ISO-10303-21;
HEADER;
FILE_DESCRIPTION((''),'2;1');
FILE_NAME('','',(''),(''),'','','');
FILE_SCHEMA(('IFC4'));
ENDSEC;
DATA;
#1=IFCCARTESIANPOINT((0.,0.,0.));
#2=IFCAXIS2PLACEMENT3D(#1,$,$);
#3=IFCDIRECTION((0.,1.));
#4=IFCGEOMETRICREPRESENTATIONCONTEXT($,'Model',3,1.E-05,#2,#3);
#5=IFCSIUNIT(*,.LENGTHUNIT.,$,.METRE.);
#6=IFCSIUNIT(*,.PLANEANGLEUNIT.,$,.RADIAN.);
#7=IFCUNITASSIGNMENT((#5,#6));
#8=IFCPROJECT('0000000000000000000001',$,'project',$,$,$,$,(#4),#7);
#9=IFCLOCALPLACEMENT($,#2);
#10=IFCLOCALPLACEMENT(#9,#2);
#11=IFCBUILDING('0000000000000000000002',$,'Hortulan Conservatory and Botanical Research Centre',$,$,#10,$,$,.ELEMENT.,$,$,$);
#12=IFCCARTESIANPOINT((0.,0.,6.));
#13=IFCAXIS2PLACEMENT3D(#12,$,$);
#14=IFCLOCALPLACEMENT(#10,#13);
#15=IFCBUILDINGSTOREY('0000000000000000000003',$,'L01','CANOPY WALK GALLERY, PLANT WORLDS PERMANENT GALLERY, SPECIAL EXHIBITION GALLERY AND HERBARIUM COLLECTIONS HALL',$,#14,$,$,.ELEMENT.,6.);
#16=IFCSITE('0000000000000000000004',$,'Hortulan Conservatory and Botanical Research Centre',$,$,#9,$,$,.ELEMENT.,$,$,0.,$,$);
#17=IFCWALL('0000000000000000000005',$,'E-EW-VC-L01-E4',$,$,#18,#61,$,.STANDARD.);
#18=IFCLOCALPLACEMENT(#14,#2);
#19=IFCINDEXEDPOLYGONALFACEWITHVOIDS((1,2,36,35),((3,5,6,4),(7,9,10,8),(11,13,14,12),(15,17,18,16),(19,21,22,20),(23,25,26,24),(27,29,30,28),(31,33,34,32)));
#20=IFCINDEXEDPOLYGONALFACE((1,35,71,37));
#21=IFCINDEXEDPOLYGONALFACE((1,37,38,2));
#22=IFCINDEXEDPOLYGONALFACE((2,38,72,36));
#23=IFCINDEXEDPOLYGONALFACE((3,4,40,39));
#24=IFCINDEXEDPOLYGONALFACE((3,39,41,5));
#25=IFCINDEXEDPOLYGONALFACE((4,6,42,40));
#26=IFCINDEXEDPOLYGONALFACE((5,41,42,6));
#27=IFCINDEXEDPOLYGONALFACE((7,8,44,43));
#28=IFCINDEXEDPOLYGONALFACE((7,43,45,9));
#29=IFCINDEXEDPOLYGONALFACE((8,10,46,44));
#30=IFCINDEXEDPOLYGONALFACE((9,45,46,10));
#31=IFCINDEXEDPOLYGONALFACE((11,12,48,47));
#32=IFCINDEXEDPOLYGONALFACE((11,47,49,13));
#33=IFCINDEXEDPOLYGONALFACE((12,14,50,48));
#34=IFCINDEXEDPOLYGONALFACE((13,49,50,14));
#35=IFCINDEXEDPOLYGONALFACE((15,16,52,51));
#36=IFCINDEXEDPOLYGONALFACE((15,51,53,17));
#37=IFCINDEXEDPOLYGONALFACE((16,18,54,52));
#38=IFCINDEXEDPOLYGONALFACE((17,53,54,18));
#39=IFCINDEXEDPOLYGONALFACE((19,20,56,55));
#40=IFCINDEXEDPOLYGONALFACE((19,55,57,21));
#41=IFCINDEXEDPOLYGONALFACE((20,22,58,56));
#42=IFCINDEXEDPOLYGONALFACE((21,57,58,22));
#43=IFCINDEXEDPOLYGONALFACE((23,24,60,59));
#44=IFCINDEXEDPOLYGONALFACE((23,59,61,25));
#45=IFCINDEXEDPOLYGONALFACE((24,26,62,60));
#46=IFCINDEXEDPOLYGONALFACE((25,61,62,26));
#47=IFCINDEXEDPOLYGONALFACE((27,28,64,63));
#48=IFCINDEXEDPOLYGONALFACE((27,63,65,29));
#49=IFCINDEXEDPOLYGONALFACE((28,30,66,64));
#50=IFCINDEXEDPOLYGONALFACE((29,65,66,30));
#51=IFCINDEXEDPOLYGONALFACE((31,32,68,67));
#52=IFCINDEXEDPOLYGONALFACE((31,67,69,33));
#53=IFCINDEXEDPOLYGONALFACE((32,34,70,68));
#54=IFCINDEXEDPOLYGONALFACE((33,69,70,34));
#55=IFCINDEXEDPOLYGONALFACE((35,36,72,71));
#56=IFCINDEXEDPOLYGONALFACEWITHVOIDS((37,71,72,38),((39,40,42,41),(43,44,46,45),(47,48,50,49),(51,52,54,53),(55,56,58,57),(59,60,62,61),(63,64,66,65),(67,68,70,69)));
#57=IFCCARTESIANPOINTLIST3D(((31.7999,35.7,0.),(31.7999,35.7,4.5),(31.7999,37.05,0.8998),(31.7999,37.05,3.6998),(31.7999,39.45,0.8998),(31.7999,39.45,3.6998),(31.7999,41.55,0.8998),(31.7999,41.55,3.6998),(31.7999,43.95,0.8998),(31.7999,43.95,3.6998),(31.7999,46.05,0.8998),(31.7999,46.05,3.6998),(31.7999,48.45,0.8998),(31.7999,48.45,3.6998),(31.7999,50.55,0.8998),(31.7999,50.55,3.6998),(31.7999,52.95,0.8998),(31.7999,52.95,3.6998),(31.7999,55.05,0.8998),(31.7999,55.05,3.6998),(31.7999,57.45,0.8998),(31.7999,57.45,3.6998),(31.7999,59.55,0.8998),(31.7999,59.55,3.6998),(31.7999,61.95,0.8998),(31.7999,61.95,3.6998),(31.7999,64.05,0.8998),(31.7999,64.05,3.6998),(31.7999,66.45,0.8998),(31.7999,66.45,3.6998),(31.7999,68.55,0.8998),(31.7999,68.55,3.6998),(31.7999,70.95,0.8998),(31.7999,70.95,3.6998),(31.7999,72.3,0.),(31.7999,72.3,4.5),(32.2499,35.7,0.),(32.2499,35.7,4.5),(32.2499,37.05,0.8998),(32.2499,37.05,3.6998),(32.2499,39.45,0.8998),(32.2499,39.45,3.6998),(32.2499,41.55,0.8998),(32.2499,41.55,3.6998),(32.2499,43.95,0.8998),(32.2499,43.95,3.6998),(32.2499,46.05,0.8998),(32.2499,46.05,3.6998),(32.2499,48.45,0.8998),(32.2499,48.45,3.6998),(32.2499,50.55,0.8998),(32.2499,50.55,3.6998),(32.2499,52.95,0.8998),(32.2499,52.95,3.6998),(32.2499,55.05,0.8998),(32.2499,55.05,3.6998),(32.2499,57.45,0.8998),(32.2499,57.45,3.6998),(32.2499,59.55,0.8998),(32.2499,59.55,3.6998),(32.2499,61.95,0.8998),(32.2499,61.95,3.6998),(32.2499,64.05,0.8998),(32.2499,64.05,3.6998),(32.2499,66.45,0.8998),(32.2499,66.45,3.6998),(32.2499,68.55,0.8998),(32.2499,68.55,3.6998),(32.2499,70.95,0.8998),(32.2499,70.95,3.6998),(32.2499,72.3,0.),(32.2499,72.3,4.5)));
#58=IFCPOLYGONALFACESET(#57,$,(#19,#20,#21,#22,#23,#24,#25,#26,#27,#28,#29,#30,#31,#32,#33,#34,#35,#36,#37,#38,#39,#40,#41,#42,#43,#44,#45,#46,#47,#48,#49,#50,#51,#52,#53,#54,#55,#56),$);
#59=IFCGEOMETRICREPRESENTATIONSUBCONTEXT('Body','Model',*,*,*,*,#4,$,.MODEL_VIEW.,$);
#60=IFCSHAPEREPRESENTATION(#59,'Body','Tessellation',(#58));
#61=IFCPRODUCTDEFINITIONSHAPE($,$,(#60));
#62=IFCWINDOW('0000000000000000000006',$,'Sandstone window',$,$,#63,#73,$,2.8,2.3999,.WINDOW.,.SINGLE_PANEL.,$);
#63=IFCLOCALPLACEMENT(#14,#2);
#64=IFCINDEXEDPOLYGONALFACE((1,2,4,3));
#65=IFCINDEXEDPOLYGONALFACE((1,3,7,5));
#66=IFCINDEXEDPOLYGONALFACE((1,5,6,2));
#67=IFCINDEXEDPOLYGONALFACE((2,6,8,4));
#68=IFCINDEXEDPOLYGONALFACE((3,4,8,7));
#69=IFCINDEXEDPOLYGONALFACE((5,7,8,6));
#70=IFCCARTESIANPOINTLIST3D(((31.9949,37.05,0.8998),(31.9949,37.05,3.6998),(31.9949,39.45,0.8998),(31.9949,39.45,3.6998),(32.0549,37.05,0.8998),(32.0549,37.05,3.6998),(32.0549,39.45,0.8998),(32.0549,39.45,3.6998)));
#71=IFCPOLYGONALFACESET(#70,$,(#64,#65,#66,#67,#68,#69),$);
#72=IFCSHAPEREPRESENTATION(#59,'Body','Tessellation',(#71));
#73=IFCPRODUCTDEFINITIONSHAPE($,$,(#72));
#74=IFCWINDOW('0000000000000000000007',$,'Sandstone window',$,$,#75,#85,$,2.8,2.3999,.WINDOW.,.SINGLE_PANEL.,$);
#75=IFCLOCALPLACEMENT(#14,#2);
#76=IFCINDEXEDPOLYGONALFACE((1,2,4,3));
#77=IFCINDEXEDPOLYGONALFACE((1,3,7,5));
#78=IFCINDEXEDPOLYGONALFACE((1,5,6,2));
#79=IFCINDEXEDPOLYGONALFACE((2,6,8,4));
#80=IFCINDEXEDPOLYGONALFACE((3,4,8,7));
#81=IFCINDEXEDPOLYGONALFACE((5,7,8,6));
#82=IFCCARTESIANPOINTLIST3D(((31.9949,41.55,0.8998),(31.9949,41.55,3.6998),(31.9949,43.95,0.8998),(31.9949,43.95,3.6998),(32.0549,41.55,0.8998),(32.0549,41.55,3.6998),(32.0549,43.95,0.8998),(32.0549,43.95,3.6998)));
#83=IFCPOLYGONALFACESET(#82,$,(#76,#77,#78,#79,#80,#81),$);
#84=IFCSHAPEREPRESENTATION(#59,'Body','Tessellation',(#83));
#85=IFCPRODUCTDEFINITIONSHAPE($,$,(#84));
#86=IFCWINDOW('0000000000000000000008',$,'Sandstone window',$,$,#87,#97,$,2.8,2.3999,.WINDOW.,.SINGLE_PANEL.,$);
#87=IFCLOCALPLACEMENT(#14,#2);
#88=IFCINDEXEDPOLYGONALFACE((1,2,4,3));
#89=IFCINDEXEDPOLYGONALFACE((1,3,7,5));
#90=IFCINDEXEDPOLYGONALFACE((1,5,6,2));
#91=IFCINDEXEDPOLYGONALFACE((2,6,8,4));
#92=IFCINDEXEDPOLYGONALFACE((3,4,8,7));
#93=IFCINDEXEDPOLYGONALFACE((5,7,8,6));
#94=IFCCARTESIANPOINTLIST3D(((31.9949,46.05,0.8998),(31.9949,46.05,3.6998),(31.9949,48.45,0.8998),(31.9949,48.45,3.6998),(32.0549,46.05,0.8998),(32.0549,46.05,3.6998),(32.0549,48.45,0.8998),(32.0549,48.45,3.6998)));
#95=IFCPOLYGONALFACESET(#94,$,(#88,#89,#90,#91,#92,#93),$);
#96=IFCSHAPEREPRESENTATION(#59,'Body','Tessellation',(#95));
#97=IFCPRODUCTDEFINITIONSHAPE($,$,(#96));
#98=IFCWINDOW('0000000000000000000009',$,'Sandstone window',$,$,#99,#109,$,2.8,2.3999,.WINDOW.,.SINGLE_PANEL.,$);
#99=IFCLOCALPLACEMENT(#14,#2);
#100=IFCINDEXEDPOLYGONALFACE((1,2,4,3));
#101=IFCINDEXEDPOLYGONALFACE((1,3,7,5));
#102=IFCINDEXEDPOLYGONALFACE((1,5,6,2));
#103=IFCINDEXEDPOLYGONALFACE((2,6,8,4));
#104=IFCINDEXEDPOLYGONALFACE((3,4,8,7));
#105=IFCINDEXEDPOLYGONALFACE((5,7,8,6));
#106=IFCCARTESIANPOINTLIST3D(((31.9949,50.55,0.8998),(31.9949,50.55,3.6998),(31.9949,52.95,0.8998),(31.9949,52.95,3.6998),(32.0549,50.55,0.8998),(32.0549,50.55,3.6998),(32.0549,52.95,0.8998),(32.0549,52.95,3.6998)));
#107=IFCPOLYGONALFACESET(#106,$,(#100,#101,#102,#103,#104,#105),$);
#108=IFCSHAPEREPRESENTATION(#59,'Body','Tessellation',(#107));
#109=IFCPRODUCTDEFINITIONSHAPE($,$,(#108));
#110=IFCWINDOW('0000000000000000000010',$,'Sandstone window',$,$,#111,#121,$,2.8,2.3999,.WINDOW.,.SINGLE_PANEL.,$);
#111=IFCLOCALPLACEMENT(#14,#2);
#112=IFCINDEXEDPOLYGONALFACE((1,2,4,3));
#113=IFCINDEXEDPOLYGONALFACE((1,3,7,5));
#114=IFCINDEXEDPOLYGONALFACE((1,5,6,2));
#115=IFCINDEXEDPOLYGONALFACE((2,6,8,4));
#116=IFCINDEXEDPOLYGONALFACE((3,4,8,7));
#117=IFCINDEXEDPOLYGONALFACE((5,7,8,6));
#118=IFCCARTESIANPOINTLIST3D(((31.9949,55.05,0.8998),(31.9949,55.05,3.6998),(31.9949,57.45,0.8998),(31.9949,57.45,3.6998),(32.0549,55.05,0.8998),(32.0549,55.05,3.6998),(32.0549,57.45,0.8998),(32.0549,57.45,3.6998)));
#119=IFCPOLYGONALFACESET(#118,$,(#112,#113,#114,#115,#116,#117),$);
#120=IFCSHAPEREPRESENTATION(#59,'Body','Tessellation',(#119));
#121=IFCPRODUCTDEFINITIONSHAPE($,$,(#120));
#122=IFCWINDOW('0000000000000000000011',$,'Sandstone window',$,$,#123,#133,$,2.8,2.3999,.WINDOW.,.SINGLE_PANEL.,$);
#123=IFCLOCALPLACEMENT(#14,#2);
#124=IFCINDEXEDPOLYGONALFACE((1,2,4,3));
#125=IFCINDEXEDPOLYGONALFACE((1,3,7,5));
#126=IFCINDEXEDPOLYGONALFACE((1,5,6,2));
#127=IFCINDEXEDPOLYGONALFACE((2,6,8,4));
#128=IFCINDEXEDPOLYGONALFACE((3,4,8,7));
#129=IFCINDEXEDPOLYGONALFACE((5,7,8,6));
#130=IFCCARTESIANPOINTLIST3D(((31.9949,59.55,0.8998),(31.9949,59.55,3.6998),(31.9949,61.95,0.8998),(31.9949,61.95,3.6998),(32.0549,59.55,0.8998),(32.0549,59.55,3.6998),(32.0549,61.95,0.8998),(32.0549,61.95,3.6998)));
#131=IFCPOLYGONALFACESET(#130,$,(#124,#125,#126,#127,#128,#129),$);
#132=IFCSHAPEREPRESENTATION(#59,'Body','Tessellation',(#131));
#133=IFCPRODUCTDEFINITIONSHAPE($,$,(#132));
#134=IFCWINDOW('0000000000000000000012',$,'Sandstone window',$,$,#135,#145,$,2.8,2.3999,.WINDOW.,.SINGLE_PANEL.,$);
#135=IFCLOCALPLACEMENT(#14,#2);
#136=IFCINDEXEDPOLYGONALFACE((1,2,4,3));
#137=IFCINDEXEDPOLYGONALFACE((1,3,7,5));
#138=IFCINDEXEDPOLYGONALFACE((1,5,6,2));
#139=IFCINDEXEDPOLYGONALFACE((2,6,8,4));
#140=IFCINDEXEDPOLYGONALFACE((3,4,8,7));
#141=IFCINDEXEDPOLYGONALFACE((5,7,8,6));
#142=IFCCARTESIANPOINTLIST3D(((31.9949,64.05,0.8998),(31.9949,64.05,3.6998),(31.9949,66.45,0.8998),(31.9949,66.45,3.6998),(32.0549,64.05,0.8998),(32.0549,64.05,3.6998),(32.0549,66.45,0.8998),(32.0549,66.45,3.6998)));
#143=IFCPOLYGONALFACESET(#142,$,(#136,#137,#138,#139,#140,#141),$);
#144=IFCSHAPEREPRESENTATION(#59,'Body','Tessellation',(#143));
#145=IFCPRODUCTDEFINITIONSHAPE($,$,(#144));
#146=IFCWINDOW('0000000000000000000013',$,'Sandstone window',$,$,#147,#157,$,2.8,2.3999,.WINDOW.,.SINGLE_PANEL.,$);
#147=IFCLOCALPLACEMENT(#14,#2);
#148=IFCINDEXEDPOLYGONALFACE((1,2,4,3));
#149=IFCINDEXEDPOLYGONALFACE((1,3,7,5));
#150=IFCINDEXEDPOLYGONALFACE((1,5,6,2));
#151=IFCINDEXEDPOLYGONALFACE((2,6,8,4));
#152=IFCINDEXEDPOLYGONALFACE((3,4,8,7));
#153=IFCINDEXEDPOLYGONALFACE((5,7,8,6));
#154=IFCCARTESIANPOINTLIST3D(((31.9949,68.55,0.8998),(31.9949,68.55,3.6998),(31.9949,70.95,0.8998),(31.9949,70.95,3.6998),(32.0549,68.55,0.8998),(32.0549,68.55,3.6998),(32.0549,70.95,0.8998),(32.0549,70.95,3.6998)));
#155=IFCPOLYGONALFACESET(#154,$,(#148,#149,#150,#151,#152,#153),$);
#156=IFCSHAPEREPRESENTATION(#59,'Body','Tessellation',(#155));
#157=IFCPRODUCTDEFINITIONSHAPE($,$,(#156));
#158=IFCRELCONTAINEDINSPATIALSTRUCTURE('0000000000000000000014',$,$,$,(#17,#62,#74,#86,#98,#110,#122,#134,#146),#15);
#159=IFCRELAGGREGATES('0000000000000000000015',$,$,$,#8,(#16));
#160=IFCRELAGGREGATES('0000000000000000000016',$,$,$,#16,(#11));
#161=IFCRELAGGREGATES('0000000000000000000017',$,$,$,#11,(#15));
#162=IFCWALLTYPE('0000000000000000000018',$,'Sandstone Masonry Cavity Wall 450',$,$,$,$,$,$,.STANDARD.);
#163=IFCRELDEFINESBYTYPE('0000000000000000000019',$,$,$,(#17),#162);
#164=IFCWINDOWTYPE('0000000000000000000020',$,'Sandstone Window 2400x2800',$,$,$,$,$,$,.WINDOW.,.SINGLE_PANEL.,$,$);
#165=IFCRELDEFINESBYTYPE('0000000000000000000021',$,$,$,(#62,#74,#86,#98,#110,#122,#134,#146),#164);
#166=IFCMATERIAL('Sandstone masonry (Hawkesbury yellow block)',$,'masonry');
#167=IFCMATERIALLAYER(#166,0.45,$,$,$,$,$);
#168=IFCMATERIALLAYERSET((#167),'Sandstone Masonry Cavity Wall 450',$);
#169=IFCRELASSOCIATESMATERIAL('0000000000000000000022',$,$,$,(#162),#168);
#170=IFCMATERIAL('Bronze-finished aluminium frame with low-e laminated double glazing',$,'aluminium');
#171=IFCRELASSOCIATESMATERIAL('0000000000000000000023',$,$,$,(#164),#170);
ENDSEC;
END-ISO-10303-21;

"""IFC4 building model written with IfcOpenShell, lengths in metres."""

from ifc_helpers import new_model, si_unit, direction, frame, frame_2d, origin, place, context, subcontext, project, spatial, rectangle, extrude, material, layer, layer_set, type_object, element, fill, save


model = new_model("IFC4")

# Units and contexts
model_context = context("Model", 3, precision=1e-05, world=origin(), true_north=direction((0.0, 1.0)))
body_context = subcontext(model_context, "Body", "Model", "MODEL_VIEW")
ifc_project = project(units=[si_unit("LENGTHUNIT", "METRE"), si_unit("PLANEANGLEUNIT", "RADIAN")], contexts=[model_context])

# Site, building, storey
site_placement = place(None, origin())
site = spatial("IfcSite", under=ifc_project, at=site_placement, Name="Hortulan Conservatory and Botanical Research Centre", CompositionType="ELEMENT", RefElevation=0.0)
building_placement = place(site_placement, origin())
building = spatial("IfcBuilding", under=site, at=building_placement, Name="Hortulan Conservatory and Botanical Research Centre", CompositionType="ELEMENT")
storey_placement = place(building_placement, frame((0.0, 0.0, 6.0)))
storey = spatial("IfcBuildingStorey", under=building, at=storey_placement, Name="L01", Description="CANOPY WALK GALLERY, PLANT WORLDS PERMANENT GALLERY, SPECIAL EXHIBITION GALLERY AND HERBARIUM COLLECTIONS HALL", CompositionType="ELEMENT", Elevation=6.0)

# Wall, openings, windows
ifc_material_1 = material(Name="Sandstone masonry (Hawkesbury yellow block)", Category="masonry")
ifc_layer_1 = layer(ifc_material_1, 0.45)
ifc_layer_set_1 = layer_set([ifc_layer_1], Name="Sandstone Masonry Cavity Wall 450")
wall_type = type_object("IfcWallType", Name="Sandstone Masonry Cavity Wall 450", PredefinedType="STANDARD", material=ifc_layer_set_1)
wall_placement = place(storey_placement, frame((32.0249, 72.3, 0.0), z_axis=(0.0, 0.0, 1.0), x_axis=(0.0, -1.0, 0.0)))
wall = element("IfcWall", 1, at=wall_placement, inside=storey, type_object=wall_type, Name="E-EW-VC-L01-E4", PredefinedType="STANDARD", context=body_context, shape_type="SweptSolid", body=[
    extrude(rectangle(XDim=36.6001, YDim=0.45, at=frame_2d((18.3, 0.0))), origin(), (0.0, 0.0, 1.0), 4.5),
])
opening_1_placement = place(wall_placement, frame((32.8501, 0.0, 0.8999)))
opening_1 = element("IfcOpeningElement", 2, at=opening_1_placement, cuts=wall, PredefinedType="OPENING", context=body_context, shape_type="SweptSolid", body=[
    extrude(rectangle(XDim=2.3999, YDim=2.8, at=frame_2d((1.2, 1.3999))), frame((0.0, 0.2349, 0.0), z_axis=(0.0, -1.0, 0.0), x_axis=(1.0, 0.0, 0.0)), (0.0, 0.0, 1.0), 0.47),
])
opening_2_placement = place(wall_placement, frame((28.3501, 0.0, 0.8999)))
opening_2 = element("IfcOpeningElement", 3, at=opening_2_placement, cuts=wall, PredefinedType="OPENING", context=body_context, shape_type="SweptSolid", body=[
    extrude(rectangle(XDim=2.3999, YDim=2.8, at=frame_2d((1.2, 1.3999))), frame((0.0, 0.2349, 0.0), z_axis=(0.0, -1.0, 0.0), x_axis=(1.0, 0.0, 0.0)), (0.0, 0.0, 1.0), 0.47),
])
opening_3_placement = place(wall_placement, frame((23.8501, 0.0, 0.8999)))
opening_3 = element("IfcOpeningElement", 4, at=opening_3_placement, cuts=wall, PredefinedType="OPENING", context=body_context, shape_type="SweptSolid", body=[
    extrude(rectangle(XDim=2.3999, YDim=2.8, at=frame_2d((1.2, 1.3999))), frame((0.0, 0.2349, 0.0), z_axis=(0.0, -1.0, 0.0), x_axis=(1.0, 0.0, 0.0)), (0.0, 0.0, 1.0), 0.47),
])
opening_4_placement = place(wall_placement, frame((19.3501, 0.0, 0.8999)))
opening_4 = element("IfcOpeningElement", 5, at=opening_4_placement, cuts=wall, PredefinedType="OPENING", context=body_context, shape_type="SweptSolid", body=[
    extrude(rectangle(XDim=2.3999, YDim=2.8, at=frame_2d((1.2, 1.3999))), frame((0.0, 0.2349, 0.0), z_axis=(0.0, -1.0, 0.0), x_axis=(1.0, 0.0, 0.0)), (0.0, 0.0, 1.0), 0.47),
])
opening_5_placement = place(wall_placement, frame((14.8501, 0.0, 0.8999)))
opening_5 = element("IfcOpeningElement", 6, at=opening_5_placement, cuts=wall, PredefinedType="OPENING", context=body_context, shape_type="SweptSolid", body=[
    extrude(rectangle(XDim=2.3999, YDim=2.8, at=frame_2d((1.2, 1.3999))), frame((0.0, 0.2349, 0.0), z_axis=(0.0, -1.0, 0.0), x_axis=(1.0, 0.0, 0.0)), (0.0, 0.0, 1.0), 0.47),
])
opening_6_placement = place(wall_placement, frame((10.3501, 0.0, 0.8999)))
opening_6 = element("IfcOpeningElement", 7, at=opening_6_placement, cuts=wall, PredefinedType="OPENING", context=body_context, shape_type="SweptSolid", body=[
    extrude(rectangle(XDim=2.3999, YDim=2.8, at=frame_2d((1.2, 1.3999))), frame((0.0, 0.2349, 0.0), z_axis=(0.0, -1.0, 0.0), x_axis=(1.0, 0.0, 0.0)), (0.0, 0.0, 1.0), 0.47),
])
opening_7_placement = place(wall_placement, frame((5.8501, 0.0, 0.8999)))
opening_7 = element("IfcOpeningElement", 8, at=opening_7_placement, cuts=wall, PredefinedType="OPENING", context=body_context, shape_type="SweptSolid", body=[
    extrude(rectangle(XDim=2.3999, YDim=2.8, at=frame_2d((1.2, 1.3999))), frame((0.0, 0.2349, 0.0), z_axis=(0.0, -1.0, 0.0), x_axis=(1.0, 0.0, 0.0)), (0.0, 0.0, 1.0), 0.47),
])
opening_8_placement = place(wall_placement, frame((1.3501, 0.0, 0.8999)))
opening_8 = element("IfcOpeningElement", 9, at=opening_8_placement, cuts=wall, PredefinedType="OPENING", context=body_context, shape_type="SweptSolid", body=[
    extrude(rectangle(XDim=2.3999, YDim=2.8, at=frame_2d((1.2, 1.3999))), frame((0.0, 0.2349, 0.0), z_axis=(0.0, -1.0, 0.0), x_axis=(1.0, 0.0, 0.0)), (0.0, 0.0, 1.0), 0.47),
])
ifc_material_2 = material(Name="Bronze-finished aluminium frame with low-e laminated double glazing", Category="aluminium")
window_type = type_object("IfcWindowType", Name="Sandstone Window 2400x2800", PartitioningType="SINGLE_PANEL", PredefinedType="WINDOW", material=ifc_material_2)
window_1_placement = place(opening_1_placement, origin())
window_1 = element("IfcWindow", 10, at=window_1_placement, inside=storey, type_object=window_type, Name="Sandstone window", OverallHeight=2.8, OverallWidth=2.3999, PartitioningType="SINGLE_PANEL", PredefinedType="WINDOW", context=body_context, shape_type="SweptSolid", body=[
    extrude(rectangle(XDim=2.3999, YDim=2.8, at=frame_2d((1.2, 1.3999))), frame((0.0, 0.03, 0.0), z_axis=(0.0, -1.0, 0.0), x_axis=(1.0, 0.0, 0.0)), (0.0, 0.0, 1.0), 0.0601),
])
fill(opening_1, window_1)
window_2_placement = place(opening_2_placement, origin())
window_2 = element("IfcWindow", 11, at=window_2_placement, inside=storey, type_object=window_type, Name="Sandstone window", OverallHeight=2.8, OverallWidth=2.3999, PartitioningType="SINGLE_PANEL", PredefinedType="WINDOW", context=body_context, shape_type="SweptSolid", body=[
    extrude(rectangle(XDim=2.3999, YDim=2.8, at=frame_2d((1.2, 1.3999))), frame((0.0, 0.03, 0.0), z_axis=(0.0, -1.0, 0.0), x_axis=(1.0, 0.0, 0.0)), (0.0, 0.0, 1.0), 0.0601),
])
fill(opening_2, window_2)
window_3_placement = place(opening_3_placement, origin())
window_3 = element("IfcWindow", 12, at=window_3_placement, inside=storey, type_object=window_type, Name="Sandstone window", OverallHeight=2.8, OverallWidth=2.3999, PartitioningType="SINGLE_PANEL", PredefinedType="WINDOW", context=body_context, shape_type="SweptSolid", body=[
    extrude(rectangle(XDim=2.3999, YDim=2.8, at=frame_2d((1.2, 1.3999))), frame((0.0, 0.03, 0.0), z_axis=(0.0, -1.0, 0.0), x_axis=(1.0, 0.0, 0.0)), (0.0, 0.0, 1.0), 0.0601),
])
fill(opening_3, window_3)
window_4_placement = place(opening_4_placement, origin())
window_4 = element("IfcWindow", 13, at=window_4_placement, inside=storey, type_object=window_type, Name="Sandstone window", OverallHeight=2.8, OverallWidth=2.3999, PartitioningType="SINGLE_PANEL", PredefinedType="WINDOW", context=body_context, shape_type="SweptSolid", body=[
    extrude(rectangle(XDim=2.3999, YDim=2.8, at=frame_2d((1.2, 1.3999))), frame((0.0, 0.03, 0.0), z_axis=(0.0, -1.0, 0.0), x_axis=(1.0, 0.0, 0.0)), (0.0, 0.0, 1.0), 0.0601),
])
fill(opening_4, window_4)
window_5_placement = place(opening_5_placement, origin())
window_5 = element("IfcWindow", 14, at=window_5_placement, inside=storey, type_object=window_type, Name="Sandstone window", OverallHeight=2.8, OverallWidth=2.3999, PartitioningType="SINGLE_PANEL", PredefinedType="WINDOW", context=body_context, shape_type="SweptSolid", body=[
    extrude(rectangle(XDim=2.3999, YDim=2.8, at=frame_2d((1.2, 1.3999))), frame((0.0, 0.03, 0.0), z_axis=(0.0, -1.0, 0.0), x_axis=(1.0, 0.0, 0.0)), (0.0, 0.0, 1.0), 0.0601),
])
fill(opening_5, window_5)
window_6_placement = place(opening_6_placement, origin())
window_6 = element("IfcWindow", 15, at=window_6_placement, inside=storey, type_object=window_type, Name="Sandstone window", OverallHeight=2.8, OverallWidth=2.3999, PartitioningType="SINGLE_PANEL", PredefinedType="WINDOW", context=body_context, shape_type="SweptSolid", body=[
    extrude(rectangle(XDim=2.3999, YDim=2.8, at=frame_2d((1.2, 1.3999))), frame((0.0, 0.03, 0.0), z_axis=(0.0, -1.0, 0.0), x_axis=(1.0, 0.0, 0.0)), (0.0, 0.0, 1.0), 0.0601),
])
fill(opening_6, window_6)
window_7_placement = place(opening_7_placement, origin())
window_7 = element("IfcWindow", 16, at=window_7_placement, inside=storey, type_object=window_type, Name="Sandstone window", OverallHeight=2.8, OverallWidth=2.3999, PartitioningType="SINGLE_PANEL", PredefinedType="WINDOW", context=body_context, shape_type="SweptSolid", body=[
    extrude(rectangle(XDim=2.3999, YDim=2.8, at=frame_2d((1.2, 1.3999))), frame((0.0, 0.03, 0.0), z_axis=(0.0, -1.0, 0.0), x_axis=(1.0, 0.0, 0.0)), (0.0, 0.0, 1.0), 0.0601),
])
fill(opening_7, window_7)
window_8_placement = place(opening_8_placement, origin())
window_8 = element("IfcWindow", 17, at=window_8_placement, inside=storey, type_object=window_type, Name="Sandstone window", OverallHeight=2.8, OverallWidth=2.3999, PartitioningType="SINGLE_PANEL", PredefinedType="WINDOW", context=body_context, shape_type="SweptSolid", body=[
    extrude(rectangle(XDim=2.3999, YDim=2.8, at=frame_2d((1.2, 1.3999))), frame((0.0, 0.03, 0.0), z_axis=(0.0, -1.0, 0.0), x_axis=(1.0, 0.0, 0.0)), (0.0, 0.0, 1.0), 0.0601),
])
fill(opening_8, window_8)

save(model, "model.ifc")
